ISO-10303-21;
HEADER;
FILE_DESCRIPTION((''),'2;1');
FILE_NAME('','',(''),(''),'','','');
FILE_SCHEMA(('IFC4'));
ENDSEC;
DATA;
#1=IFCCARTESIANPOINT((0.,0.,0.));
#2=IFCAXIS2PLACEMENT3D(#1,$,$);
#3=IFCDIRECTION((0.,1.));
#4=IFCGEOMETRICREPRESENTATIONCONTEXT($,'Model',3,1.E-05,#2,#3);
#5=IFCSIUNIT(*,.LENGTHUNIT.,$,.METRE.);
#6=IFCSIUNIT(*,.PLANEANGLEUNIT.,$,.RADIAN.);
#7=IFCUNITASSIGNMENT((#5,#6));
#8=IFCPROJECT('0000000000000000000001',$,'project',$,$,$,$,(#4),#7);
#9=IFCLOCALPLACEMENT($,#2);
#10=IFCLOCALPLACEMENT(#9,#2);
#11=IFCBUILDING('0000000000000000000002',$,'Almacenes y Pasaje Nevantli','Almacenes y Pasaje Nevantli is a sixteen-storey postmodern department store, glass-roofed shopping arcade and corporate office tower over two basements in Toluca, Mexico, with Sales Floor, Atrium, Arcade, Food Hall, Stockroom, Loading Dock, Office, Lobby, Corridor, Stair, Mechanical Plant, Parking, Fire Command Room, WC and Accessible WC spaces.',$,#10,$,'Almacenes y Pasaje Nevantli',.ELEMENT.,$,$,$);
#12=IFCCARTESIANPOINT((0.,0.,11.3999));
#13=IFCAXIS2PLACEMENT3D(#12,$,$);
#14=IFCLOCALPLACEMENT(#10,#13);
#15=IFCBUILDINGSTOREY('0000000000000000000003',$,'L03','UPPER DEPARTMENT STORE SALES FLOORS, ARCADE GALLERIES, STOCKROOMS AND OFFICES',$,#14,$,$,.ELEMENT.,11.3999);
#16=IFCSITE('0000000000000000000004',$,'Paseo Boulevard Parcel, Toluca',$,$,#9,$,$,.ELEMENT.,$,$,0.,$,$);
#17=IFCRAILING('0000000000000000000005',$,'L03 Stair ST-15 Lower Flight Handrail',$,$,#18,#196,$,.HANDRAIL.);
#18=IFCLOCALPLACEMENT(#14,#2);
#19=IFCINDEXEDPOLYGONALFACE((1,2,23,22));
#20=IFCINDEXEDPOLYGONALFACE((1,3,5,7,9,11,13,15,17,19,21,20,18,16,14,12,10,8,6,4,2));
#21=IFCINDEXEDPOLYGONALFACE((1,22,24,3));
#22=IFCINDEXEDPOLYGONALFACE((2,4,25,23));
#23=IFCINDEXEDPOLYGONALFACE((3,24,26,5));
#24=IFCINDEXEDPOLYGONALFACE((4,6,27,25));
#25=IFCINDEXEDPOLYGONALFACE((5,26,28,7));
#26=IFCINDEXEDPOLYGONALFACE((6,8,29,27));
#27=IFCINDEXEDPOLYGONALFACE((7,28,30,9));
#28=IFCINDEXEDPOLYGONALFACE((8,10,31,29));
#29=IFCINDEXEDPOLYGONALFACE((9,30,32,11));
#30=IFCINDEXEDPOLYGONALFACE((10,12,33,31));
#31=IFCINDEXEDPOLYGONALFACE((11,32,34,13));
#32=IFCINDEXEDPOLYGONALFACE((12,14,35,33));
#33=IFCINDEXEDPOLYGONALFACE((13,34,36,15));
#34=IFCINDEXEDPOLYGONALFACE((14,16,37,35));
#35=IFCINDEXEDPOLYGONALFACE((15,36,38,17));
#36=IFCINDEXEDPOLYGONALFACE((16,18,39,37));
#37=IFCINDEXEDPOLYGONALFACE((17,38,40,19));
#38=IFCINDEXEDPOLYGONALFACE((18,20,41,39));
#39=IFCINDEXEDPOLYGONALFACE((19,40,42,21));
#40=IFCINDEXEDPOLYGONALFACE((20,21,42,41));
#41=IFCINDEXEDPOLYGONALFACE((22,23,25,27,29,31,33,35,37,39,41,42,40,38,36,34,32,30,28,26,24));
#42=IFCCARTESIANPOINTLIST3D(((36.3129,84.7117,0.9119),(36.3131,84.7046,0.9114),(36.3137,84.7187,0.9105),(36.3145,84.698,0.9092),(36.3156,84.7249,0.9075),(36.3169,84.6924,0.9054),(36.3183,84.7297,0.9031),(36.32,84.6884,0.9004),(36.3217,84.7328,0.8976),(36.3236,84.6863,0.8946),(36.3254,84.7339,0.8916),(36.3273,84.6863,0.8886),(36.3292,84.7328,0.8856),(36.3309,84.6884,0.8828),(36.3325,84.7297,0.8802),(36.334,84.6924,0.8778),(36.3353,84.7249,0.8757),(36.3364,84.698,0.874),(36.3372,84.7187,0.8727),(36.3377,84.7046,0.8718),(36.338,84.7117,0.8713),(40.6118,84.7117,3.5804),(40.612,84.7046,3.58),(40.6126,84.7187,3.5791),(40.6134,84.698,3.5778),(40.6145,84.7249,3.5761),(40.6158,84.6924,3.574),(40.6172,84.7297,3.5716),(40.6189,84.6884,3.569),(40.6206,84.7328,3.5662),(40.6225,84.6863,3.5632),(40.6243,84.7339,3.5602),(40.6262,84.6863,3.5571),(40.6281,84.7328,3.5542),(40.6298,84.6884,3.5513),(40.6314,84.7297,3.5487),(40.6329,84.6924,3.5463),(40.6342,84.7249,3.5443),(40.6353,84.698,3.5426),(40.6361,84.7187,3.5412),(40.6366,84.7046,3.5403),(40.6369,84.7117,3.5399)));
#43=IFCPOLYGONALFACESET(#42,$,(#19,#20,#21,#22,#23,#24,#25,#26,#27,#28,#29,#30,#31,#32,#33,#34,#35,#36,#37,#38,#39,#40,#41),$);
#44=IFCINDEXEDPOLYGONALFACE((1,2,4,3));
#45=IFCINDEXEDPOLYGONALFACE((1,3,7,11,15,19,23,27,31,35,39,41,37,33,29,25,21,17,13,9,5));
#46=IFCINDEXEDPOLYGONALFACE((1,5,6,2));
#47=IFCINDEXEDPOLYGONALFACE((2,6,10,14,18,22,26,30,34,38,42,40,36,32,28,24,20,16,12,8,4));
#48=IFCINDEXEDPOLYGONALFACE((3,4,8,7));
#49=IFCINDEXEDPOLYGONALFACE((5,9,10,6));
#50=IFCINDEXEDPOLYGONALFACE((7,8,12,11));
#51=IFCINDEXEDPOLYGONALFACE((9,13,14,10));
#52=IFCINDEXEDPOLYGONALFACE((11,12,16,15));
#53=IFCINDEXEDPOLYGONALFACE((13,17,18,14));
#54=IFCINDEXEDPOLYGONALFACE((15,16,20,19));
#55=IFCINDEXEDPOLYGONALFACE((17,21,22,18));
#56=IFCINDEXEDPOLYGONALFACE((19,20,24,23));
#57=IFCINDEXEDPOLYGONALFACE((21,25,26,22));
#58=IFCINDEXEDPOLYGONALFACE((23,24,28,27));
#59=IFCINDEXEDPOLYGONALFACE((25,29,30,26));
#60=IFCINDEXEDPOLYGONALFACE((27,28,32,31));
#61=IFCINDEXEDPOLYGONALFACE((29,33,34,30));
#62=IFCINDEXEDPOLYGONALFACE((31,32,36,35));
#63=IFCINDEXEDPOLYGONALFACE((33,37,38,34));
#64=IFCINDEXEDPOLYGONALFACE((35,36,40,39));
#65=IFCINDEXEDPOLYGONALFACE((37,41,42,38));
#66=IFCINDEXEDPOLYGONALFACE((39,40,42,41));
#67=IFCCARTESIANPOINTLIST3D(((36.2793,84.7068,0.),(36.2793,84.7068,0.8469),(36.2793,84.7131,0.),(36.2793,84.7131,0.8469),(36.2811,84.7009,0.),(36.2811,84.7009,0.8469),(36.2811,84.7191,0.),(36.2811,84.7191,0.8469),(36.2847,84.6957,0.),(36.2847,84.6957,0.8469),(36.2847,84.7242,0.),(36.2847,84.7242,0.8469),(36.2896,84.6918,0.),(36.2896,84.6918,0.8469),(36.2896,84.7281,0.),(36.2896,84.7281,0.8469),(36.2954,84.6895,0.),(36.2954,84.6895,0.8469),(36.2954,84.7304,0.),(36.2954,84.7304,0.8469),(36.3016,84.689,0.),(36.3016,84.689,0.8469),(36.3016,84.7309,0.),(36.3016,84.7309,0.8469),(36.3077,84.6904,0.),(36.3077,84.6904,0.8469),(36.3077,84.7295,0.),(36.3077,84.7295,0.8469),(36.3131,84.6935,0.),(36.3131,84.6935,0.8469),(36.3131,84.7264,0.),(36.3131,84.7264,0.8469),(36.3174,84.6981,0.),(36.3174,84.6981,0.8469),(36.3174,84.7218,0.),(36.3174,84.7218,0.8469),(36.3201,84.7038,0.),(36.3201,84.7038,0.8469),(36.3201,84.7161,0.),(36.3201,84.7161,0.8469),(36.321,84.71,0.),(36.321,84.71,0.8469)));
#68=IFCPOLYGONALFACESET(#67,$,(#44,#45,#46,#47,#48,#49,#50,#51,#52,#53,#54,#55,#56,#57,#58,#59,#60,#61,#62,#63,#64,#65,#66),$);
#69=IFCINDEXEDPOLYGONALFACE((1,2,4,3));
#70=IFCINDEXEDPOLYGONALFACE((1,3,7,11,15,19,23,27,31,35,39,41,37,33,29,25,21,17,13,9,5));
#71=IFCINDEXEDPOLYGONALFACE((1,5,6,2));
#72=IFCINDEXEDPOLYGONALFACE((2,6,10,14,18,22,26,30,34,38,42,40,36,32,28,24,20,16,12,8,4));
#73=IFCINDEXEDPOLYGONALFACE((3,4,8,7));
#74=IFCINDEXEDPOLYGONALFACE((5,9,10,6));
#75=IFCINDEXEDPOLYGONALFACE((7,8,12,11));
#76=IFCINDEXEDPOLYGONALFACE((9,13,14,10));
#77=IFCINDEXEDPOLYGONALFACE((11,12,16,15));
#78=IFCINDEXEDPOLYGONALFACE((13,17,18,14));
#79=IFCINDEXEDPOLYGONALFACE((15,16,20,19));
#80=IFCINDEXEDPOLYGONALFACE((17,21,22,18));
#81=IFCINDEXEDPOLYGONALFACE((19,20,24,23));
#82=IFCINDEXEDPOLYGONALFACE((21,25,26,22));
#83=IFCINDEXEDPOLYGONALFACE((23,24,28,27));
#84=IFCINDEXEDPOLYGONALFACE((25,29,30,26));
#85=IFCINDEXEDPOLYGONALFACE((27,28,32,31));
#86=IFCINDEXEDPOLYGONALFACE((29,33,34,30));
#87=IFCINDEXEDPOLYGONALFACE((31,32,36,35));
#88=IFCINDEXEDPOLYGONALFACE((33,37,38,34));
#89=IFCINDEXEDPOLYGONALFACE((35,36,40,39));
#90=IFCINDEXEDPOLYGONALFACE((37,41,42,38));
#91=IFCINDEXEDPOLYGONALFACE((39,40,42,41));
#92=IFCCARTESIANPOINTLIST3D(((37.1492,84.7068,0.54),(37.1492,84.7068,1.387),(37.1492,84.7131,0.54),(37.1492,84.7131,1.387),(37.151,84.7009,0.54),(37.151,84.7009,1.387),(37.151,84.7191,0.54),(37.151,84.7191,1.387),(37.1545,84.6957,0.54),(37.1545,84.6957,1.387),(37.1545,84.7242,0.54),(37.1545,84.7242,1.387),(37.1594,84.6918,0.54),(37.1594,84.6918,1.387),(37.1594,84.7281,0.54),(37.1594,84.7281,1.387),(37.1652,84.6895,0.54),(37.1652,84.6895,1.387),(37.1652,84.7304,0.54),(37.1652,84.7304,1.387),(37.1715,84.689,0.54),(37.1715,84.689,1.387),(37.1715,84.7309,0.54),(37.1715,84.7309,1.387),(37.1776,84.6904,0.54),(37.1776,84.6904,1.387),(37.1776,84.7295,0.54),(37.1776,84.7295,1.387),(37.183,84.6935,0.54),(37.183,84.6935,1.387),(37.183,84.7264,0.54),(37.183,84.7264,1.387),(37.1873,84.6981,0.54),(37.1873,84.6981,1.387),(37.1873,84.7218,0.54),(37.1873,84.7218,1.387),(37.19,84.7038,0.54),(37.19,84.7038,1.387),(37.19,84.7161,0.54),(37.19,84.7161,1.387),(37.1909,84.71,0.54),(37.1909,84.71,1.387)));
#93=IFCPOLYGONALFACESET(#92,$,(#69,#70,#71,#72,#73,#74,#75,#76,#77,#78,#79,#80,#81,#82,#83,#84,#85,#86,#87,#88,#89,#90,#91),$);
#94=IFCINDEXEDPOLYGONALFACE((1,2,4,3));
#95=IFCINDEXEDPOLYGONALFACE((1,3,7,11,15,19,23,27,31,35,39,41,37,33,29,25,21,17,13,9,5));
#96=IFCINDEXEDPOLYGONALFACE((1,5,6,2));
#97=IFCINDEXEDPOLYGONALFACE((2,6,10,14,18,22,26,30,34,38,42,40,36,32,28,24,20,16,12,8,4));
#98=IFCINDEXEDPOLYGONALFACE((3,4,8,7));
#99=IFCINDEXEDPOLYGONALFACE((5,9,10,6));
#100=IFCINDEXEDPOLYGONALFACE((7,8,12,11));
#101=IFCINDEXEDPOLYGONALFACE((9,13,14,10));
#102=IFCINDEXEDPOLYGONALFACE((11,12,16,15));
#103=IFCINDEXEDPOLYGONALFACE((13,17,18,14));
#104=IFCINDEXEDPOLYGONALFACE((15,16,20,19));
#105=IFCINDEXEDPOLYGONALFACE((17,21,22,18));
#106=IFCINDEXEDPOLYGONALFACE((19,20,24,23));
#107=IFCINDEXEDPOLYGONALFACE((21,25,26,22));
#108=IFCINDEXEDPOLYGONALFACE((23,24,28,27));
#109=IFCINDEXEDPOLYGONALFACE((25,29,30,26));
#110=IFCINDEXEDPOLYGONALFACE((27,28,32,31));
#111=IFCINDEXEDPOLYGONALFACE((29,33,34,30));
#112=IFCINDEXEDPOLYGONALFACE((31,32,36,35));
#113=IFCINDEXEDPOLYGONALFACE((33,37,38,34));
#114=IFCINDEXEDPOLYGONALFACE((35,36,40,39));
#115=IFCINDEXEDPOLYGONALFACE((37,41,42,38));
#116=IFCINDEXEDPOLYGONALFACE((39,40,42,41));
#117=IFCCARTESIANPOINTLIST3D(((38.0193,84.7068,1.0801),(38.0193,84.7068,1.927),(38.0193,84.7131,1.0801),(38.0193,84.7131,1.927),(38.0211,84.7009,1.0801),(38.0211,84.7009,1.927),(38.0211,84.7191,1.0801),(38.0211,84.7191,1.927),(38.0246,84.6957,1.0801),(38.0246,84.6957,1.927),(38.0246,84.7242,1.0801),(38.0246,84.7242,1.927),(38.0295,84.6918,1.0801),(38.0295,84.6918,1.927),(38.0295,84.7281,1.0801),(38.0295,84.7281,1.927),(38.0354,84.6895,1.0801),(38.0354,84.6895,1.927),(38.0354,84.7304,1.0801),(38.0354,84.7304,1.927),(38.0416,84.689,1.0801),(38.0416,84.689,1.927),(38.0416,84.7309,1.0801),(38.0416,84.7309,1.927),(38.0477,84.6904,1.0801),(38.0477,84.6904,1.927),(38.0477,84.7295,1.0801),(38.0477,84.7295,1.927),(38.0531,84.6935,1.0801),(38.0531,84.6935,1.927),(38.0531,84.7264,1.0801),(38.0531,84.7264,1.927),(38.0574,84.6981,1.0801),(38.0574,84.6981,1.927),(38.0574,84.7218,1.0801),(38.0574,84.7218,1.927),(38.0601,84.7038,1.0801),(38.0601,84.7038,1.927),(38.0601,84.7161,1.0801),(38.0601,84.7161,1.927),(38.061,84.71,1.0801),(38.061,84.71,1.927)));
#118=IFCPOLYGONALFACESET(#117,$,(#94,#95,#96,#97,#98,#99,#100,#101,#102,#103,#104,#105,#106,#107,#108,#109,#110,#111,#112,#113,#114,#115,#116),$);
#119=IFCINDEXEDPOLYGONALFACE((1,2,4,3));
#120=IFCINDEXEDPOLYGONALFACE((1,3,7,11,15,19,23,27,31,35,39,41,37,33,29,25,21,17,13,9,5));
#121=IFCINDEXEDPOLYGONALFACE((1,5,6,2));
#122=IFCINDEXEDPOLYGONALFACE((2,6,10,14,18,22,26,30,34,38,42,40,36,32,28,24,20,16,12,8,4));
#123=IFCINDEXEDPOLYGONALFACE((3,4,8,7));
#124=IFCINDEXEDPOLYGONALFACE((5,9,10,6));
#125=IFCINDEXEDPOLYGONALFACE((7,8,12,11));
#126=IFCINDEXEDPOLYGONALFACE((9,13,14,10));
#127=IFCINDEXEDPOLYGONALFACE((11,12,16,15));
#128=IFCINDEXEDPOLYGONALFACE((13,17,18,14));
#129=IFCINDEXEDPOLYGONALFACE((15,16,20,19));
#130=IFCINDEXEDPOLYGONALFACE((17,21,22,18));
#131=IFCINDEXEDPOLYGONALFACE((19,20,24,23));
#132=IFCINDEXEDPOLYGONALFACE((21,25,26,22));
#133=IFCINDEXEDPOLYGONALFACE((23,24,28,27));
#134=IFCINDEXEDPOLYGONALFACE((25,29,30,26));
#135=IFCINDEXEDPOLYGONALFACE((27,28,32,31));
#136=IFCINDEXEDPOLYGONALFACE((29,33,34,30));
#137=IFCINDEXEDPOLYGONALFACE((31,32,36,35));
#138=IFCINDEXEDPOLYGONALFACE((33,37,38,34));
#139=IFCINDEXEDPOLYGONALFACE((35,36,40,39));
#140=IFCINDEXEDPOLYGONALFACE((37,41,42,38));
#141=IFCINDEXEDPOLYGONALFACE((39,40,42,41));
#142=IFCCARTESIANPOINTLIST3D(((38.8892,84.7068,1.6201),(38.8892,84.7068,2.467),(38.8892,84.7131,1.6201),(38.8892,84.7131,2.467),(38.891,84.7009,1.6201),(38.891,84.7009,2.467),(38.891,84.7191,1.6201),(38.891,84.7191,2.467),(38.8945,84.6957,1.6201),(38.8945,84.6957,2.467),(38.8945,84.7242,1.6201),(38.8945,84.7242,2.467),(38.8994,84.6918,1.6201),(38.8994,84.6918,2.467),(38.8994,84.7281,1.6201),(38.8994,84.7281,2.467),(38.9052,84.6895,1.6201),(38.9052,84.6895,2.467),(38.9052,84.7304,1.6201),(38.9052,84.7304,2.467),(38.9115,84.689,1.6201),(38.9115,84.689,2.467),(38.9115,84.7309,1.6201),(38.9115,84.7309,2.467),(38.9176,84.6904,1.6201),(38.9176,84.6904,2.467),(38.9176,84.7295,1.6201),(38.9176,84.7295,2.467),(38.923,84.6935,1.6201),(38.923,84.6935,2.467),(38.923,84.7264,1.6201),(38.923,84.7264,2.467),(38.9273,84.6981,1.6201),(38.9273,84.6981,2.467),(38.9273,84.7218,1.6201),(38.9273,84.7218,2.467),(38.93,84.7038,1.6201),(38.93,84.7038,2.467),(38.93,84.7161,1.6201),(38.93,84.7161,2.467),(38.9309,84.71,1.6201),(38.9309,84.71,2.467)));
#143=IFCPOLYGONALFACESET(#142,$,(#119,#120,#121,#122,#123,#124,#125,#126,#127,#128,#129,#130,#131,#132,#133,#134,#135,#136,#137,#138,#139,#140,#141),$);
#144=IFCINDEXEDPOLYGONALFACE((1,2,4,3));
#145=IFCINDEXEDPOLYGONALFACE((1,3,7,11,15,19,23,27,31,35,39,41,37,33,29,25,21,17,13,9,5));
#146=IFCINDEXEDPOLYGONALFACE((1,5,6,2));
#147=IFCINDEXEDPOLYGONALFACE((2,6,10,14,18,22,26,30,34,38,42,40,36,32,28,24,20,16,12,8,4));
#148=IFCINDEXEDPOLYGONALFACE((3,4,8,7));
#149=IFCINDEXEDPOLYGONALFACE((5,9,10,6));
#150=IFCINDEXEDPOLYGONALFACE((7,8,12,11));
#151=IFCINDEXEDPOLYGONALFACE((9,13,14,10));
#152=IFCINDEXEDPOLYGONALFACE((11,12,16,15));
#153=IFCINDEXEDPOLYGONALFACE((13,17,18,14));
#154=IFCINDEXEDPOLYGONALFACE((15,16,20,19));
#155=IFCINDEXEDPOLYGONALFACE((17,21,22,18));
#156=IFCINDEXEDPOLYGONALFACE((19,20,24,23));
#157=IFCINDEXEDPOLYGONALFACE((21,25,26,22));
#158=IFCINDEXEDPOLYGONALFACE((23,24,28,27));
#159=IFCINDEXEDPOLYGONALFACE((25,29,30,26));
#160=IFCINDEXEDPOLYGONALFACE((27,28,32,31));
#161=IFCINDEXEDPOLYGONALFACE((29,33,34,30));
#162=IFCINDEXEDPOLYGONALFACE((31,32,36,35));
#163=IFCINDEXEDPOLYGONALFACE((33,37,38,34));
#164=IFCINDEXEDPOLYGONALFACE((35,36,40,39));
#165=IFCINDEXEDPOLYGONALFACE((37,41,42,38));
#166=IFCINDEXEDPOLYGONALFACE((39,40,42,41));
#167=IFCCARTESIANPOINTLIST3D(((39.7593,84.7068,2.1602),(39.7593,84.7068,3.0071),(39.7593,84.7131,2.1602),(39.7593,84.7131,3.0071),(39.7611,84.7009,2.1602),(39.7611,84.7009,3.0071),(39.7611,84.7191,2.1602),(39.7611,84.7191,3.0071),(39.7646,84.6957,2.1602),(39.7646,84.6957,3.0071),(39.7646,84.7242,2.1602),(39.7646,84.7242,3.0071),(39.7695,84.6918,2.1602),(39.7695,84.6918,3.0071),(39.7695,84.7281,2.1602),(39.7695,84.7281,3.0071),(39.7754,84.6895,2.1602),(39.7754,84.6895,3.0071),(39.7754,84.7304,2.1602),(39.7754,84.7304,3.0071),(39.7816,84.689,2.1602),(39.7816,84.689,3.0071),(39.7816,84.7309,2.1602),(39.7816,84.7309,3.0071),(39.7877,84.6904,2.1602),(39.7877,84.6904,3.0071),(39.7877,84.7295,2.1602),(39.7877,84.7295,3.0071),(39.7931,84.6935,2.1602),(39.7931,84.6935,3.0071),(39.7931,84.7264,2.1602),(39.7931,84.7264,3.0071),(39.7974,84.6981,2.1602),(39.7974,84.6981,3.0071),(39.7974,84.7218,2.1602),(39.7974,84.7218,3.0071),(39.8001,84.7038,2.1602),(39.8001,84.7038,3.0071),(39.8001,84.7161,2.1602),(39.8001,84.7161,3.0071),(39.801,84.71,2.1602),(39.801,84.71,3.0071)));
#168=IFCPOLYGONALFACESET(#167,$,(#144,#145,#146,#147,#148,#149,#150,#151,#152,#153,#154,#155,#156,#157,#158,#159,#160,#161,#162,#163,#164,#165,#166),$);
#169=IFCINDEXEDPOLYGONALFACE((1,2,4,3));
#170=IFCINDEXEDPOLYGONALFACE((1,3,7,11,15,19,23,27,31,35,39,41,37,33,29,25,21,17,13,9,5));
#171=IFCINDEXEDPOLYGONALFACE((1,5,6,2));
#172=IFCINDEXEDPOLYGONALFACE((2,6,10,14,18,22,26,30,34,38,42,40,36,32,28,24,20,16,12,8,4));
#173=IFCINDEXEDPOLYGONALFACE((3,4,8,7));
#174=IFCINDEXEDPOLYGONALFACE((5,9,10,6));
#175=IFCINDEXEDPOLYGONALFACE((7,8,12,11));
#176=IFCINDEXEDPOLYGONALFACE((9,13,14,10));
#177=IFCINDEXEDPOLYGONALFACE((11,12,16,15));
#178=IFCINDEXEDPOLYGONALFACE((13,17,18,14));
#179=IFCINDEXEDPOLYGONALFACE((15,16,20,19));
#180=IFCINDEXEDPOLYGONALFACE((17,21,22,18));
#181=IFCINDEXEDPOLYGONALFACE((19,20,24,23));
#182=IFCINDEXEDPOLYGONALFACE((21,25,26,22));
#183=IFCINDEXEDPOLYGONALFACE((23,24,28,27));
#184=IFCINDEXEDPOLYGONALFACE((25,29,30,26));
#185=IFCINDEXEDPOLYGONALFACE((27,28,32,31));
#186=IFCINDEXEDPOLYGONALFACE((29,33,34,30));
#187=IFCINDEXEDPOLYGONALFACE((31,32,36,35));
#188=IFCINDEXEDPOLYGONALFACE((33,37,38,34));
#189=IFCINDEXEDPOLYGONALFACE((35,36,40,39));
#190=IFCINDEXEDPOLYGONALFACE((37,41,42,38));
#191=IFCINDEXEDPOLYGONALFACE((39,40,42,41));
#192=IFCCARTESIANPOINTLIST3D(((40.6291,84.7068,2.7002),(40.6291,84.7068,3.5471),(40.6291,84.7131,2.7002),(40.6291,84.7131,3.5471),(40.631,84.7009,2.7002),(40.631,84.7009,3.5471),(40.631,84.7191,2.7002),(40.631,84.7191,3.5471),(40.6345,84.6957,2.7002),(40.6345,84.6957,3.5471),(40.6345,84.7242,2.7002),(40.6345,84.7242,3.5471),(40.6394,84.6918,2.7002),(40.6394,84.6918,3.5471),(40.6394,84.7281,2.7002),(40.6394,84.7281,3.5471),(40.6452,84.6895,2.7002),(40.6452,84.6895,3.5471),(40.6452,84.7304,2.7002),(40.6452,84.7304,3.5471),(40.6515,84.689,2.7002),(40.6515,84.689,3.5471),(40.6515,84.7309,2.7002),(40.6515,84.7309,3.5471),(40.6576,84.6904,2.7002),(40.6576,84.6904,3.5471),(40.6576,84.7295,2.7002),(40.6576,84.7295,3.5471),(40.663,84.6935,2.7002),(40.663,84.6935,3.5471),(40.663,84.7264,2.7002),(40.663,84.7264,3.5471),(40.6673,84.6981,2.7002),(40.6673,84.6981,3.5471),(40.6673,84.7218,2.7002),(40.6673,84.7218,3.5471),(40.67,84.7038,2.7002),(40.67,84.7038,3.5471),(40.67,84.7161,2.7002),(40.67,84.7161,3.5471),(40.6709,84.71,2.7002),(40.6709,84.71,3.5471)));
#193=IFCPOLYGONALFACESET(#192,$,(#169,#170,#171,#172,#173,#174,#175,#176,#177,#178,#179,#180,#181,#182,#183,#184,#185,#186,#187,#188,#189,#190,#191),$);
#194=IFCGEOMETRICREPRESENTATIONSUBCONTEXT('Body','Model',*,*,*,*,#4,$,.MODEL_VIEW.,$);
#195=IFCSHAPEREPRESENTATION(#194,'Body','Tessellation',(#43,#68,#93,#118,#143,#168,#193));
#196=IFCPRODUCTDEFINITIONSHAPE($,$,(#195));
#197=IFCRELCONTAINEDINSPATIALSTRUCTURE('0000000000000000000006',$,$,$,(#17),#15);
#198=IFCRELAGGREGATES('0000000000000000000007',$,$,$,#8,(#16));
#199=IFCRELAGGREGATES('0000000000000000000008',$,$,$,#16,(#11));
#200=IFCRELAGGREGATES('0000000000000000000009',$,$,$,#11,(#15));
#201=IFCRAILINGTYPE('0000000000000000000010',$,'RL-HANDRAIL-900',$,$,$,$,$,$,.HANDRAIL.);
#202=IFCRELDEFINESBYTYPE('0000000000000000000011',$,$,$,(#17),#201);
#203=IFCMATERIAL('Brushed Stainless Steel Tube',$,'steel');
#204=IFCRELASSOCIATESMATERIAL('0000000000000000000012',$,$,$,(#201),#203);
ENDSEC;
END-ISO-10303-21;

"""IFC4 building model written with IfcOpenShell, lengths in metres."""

from ifc_helpers import new_model, si_unit, direction, frame, origin, origin_2d, place, context, subcontext, project, spatial, circle, extrude, material, type_object, element, save


model = new_model("IFC4")

# Units and contexts
model_context = context("Model", 3, precision=1e-05, world=origin(), true_north=direction((0.0, 1.0)))
body_context = subcontext(model_context, "Body", "Model", "MODEL_VIEW")
ifc_project = project(units=[si_unit("LENGTHUNIT", "METRE"), si_unit("PLANEANGLEUNIT", "RADIAN")], contexts=[model_context])

# Site, building, storey
site_placement = place(None, origin())
site = spatial("IfcSite", under=ifc_project, at=site_placement, Name="Paseo Boulevard Parcel, Toluca", CompositionType="ELEMENT", RefElevation=0.0)
building_placement = place(site_placement, origin())
building = spatial("IfcBuilding", under=site, at=building_placement, Name="Almacenes y Pasaje Nevantli", Description="Almacenes y Pasaje Nevantli is a sixteen-storey postmodern department store, glass-roofed shopping arcade and corporate office tower over two basements in Toluca, Mexico, with Sales Floor, Atrium, Arcade, Food Hall, Stockroom, Loading Dock, Office, Lobby, Corridor, Stair, Mechanical Plant, Parking, Fire Command Room, WC and Accessible WC spaces.", LongName="Almacenes y Pasaje Nevantli", CompositionType="ELEMENT")
storey_placement = place(building_placement, frame((0.0, 0.0, 11.3999)))
storey = spatial("IfcBuildingStorey", under=building, at=storey_placement, Name="L03", Description="UPPER DEPARTMENT STORE SALES FLOORS, ARCADE GALLERIES, STOCKROOMS AND OFFICES", CompositionType="ELEMENT", Elevation=11.3999)

# Railing
ifc_material_1 = material(Name="Brushed Stainless Steel Tube", Category="steel")
railing_type_1 = type_object("IfcRailingType", Name="RL-HANDRAIL-900", PredefinedType="HANDRAIL", material=ifc_material_1)
railing_1_placement = place(storey_placement, frame((36.3, 84.71, 0.0)))
element("IfcRailing", 1, at=railing_1_placement, inside=storey, type_object=railing_type_1, Name="L03 Stair ST-15 Lower Flight Handrail", PredefinedType="HANDRAIL", context=body_context, shape_type="SweptSolid", body=[
    extrude(circle(Radius=0.0239, at=origin_2d()), frame((0.0254, 0.0, 0.8916), z_axis=(0.849615, 0.0, 0.527403), x_axis=(0.0, 1.0, 0.0)), (0.0, 0.0, 1.0), 5.0598),
    extrude(circle(Radius=0.021, at=origin_2d()), origin(), (0.0, 0.0, 1.0), 0.8469),
    extrude(circle(Radius=0.021, at=origin_2d()), frame((0.8699, 0.0, 0.54)), (0.0, 0.0, 1.0), 0.8469),
    extrude(circle(Radius=0.021, at=origin_2d()), frame((1.74, 0.0, 1.0801)), (0.0, 0.0, 1.0), 0.8469),
    extrude(circle(Radius=0.021, at=origin_2d()), frame((2.6099, 0.0, 1.6201)), (0.0, 0.0, 1.0), 0.8469),
    extrude(circle(Radius=0.021, at=origin_2d()), frame((3.48, 0.0, 2.1602)), (0.0, 0.0, 1.0), 0.8469),
    extrude(circle(Radius=0.021, at=origin_2d()), frame((4.3499, 0.0, 2.7002)), (0.0, 0.0, 1.0), 0.8469),
])

save(model, "model.ifc")
